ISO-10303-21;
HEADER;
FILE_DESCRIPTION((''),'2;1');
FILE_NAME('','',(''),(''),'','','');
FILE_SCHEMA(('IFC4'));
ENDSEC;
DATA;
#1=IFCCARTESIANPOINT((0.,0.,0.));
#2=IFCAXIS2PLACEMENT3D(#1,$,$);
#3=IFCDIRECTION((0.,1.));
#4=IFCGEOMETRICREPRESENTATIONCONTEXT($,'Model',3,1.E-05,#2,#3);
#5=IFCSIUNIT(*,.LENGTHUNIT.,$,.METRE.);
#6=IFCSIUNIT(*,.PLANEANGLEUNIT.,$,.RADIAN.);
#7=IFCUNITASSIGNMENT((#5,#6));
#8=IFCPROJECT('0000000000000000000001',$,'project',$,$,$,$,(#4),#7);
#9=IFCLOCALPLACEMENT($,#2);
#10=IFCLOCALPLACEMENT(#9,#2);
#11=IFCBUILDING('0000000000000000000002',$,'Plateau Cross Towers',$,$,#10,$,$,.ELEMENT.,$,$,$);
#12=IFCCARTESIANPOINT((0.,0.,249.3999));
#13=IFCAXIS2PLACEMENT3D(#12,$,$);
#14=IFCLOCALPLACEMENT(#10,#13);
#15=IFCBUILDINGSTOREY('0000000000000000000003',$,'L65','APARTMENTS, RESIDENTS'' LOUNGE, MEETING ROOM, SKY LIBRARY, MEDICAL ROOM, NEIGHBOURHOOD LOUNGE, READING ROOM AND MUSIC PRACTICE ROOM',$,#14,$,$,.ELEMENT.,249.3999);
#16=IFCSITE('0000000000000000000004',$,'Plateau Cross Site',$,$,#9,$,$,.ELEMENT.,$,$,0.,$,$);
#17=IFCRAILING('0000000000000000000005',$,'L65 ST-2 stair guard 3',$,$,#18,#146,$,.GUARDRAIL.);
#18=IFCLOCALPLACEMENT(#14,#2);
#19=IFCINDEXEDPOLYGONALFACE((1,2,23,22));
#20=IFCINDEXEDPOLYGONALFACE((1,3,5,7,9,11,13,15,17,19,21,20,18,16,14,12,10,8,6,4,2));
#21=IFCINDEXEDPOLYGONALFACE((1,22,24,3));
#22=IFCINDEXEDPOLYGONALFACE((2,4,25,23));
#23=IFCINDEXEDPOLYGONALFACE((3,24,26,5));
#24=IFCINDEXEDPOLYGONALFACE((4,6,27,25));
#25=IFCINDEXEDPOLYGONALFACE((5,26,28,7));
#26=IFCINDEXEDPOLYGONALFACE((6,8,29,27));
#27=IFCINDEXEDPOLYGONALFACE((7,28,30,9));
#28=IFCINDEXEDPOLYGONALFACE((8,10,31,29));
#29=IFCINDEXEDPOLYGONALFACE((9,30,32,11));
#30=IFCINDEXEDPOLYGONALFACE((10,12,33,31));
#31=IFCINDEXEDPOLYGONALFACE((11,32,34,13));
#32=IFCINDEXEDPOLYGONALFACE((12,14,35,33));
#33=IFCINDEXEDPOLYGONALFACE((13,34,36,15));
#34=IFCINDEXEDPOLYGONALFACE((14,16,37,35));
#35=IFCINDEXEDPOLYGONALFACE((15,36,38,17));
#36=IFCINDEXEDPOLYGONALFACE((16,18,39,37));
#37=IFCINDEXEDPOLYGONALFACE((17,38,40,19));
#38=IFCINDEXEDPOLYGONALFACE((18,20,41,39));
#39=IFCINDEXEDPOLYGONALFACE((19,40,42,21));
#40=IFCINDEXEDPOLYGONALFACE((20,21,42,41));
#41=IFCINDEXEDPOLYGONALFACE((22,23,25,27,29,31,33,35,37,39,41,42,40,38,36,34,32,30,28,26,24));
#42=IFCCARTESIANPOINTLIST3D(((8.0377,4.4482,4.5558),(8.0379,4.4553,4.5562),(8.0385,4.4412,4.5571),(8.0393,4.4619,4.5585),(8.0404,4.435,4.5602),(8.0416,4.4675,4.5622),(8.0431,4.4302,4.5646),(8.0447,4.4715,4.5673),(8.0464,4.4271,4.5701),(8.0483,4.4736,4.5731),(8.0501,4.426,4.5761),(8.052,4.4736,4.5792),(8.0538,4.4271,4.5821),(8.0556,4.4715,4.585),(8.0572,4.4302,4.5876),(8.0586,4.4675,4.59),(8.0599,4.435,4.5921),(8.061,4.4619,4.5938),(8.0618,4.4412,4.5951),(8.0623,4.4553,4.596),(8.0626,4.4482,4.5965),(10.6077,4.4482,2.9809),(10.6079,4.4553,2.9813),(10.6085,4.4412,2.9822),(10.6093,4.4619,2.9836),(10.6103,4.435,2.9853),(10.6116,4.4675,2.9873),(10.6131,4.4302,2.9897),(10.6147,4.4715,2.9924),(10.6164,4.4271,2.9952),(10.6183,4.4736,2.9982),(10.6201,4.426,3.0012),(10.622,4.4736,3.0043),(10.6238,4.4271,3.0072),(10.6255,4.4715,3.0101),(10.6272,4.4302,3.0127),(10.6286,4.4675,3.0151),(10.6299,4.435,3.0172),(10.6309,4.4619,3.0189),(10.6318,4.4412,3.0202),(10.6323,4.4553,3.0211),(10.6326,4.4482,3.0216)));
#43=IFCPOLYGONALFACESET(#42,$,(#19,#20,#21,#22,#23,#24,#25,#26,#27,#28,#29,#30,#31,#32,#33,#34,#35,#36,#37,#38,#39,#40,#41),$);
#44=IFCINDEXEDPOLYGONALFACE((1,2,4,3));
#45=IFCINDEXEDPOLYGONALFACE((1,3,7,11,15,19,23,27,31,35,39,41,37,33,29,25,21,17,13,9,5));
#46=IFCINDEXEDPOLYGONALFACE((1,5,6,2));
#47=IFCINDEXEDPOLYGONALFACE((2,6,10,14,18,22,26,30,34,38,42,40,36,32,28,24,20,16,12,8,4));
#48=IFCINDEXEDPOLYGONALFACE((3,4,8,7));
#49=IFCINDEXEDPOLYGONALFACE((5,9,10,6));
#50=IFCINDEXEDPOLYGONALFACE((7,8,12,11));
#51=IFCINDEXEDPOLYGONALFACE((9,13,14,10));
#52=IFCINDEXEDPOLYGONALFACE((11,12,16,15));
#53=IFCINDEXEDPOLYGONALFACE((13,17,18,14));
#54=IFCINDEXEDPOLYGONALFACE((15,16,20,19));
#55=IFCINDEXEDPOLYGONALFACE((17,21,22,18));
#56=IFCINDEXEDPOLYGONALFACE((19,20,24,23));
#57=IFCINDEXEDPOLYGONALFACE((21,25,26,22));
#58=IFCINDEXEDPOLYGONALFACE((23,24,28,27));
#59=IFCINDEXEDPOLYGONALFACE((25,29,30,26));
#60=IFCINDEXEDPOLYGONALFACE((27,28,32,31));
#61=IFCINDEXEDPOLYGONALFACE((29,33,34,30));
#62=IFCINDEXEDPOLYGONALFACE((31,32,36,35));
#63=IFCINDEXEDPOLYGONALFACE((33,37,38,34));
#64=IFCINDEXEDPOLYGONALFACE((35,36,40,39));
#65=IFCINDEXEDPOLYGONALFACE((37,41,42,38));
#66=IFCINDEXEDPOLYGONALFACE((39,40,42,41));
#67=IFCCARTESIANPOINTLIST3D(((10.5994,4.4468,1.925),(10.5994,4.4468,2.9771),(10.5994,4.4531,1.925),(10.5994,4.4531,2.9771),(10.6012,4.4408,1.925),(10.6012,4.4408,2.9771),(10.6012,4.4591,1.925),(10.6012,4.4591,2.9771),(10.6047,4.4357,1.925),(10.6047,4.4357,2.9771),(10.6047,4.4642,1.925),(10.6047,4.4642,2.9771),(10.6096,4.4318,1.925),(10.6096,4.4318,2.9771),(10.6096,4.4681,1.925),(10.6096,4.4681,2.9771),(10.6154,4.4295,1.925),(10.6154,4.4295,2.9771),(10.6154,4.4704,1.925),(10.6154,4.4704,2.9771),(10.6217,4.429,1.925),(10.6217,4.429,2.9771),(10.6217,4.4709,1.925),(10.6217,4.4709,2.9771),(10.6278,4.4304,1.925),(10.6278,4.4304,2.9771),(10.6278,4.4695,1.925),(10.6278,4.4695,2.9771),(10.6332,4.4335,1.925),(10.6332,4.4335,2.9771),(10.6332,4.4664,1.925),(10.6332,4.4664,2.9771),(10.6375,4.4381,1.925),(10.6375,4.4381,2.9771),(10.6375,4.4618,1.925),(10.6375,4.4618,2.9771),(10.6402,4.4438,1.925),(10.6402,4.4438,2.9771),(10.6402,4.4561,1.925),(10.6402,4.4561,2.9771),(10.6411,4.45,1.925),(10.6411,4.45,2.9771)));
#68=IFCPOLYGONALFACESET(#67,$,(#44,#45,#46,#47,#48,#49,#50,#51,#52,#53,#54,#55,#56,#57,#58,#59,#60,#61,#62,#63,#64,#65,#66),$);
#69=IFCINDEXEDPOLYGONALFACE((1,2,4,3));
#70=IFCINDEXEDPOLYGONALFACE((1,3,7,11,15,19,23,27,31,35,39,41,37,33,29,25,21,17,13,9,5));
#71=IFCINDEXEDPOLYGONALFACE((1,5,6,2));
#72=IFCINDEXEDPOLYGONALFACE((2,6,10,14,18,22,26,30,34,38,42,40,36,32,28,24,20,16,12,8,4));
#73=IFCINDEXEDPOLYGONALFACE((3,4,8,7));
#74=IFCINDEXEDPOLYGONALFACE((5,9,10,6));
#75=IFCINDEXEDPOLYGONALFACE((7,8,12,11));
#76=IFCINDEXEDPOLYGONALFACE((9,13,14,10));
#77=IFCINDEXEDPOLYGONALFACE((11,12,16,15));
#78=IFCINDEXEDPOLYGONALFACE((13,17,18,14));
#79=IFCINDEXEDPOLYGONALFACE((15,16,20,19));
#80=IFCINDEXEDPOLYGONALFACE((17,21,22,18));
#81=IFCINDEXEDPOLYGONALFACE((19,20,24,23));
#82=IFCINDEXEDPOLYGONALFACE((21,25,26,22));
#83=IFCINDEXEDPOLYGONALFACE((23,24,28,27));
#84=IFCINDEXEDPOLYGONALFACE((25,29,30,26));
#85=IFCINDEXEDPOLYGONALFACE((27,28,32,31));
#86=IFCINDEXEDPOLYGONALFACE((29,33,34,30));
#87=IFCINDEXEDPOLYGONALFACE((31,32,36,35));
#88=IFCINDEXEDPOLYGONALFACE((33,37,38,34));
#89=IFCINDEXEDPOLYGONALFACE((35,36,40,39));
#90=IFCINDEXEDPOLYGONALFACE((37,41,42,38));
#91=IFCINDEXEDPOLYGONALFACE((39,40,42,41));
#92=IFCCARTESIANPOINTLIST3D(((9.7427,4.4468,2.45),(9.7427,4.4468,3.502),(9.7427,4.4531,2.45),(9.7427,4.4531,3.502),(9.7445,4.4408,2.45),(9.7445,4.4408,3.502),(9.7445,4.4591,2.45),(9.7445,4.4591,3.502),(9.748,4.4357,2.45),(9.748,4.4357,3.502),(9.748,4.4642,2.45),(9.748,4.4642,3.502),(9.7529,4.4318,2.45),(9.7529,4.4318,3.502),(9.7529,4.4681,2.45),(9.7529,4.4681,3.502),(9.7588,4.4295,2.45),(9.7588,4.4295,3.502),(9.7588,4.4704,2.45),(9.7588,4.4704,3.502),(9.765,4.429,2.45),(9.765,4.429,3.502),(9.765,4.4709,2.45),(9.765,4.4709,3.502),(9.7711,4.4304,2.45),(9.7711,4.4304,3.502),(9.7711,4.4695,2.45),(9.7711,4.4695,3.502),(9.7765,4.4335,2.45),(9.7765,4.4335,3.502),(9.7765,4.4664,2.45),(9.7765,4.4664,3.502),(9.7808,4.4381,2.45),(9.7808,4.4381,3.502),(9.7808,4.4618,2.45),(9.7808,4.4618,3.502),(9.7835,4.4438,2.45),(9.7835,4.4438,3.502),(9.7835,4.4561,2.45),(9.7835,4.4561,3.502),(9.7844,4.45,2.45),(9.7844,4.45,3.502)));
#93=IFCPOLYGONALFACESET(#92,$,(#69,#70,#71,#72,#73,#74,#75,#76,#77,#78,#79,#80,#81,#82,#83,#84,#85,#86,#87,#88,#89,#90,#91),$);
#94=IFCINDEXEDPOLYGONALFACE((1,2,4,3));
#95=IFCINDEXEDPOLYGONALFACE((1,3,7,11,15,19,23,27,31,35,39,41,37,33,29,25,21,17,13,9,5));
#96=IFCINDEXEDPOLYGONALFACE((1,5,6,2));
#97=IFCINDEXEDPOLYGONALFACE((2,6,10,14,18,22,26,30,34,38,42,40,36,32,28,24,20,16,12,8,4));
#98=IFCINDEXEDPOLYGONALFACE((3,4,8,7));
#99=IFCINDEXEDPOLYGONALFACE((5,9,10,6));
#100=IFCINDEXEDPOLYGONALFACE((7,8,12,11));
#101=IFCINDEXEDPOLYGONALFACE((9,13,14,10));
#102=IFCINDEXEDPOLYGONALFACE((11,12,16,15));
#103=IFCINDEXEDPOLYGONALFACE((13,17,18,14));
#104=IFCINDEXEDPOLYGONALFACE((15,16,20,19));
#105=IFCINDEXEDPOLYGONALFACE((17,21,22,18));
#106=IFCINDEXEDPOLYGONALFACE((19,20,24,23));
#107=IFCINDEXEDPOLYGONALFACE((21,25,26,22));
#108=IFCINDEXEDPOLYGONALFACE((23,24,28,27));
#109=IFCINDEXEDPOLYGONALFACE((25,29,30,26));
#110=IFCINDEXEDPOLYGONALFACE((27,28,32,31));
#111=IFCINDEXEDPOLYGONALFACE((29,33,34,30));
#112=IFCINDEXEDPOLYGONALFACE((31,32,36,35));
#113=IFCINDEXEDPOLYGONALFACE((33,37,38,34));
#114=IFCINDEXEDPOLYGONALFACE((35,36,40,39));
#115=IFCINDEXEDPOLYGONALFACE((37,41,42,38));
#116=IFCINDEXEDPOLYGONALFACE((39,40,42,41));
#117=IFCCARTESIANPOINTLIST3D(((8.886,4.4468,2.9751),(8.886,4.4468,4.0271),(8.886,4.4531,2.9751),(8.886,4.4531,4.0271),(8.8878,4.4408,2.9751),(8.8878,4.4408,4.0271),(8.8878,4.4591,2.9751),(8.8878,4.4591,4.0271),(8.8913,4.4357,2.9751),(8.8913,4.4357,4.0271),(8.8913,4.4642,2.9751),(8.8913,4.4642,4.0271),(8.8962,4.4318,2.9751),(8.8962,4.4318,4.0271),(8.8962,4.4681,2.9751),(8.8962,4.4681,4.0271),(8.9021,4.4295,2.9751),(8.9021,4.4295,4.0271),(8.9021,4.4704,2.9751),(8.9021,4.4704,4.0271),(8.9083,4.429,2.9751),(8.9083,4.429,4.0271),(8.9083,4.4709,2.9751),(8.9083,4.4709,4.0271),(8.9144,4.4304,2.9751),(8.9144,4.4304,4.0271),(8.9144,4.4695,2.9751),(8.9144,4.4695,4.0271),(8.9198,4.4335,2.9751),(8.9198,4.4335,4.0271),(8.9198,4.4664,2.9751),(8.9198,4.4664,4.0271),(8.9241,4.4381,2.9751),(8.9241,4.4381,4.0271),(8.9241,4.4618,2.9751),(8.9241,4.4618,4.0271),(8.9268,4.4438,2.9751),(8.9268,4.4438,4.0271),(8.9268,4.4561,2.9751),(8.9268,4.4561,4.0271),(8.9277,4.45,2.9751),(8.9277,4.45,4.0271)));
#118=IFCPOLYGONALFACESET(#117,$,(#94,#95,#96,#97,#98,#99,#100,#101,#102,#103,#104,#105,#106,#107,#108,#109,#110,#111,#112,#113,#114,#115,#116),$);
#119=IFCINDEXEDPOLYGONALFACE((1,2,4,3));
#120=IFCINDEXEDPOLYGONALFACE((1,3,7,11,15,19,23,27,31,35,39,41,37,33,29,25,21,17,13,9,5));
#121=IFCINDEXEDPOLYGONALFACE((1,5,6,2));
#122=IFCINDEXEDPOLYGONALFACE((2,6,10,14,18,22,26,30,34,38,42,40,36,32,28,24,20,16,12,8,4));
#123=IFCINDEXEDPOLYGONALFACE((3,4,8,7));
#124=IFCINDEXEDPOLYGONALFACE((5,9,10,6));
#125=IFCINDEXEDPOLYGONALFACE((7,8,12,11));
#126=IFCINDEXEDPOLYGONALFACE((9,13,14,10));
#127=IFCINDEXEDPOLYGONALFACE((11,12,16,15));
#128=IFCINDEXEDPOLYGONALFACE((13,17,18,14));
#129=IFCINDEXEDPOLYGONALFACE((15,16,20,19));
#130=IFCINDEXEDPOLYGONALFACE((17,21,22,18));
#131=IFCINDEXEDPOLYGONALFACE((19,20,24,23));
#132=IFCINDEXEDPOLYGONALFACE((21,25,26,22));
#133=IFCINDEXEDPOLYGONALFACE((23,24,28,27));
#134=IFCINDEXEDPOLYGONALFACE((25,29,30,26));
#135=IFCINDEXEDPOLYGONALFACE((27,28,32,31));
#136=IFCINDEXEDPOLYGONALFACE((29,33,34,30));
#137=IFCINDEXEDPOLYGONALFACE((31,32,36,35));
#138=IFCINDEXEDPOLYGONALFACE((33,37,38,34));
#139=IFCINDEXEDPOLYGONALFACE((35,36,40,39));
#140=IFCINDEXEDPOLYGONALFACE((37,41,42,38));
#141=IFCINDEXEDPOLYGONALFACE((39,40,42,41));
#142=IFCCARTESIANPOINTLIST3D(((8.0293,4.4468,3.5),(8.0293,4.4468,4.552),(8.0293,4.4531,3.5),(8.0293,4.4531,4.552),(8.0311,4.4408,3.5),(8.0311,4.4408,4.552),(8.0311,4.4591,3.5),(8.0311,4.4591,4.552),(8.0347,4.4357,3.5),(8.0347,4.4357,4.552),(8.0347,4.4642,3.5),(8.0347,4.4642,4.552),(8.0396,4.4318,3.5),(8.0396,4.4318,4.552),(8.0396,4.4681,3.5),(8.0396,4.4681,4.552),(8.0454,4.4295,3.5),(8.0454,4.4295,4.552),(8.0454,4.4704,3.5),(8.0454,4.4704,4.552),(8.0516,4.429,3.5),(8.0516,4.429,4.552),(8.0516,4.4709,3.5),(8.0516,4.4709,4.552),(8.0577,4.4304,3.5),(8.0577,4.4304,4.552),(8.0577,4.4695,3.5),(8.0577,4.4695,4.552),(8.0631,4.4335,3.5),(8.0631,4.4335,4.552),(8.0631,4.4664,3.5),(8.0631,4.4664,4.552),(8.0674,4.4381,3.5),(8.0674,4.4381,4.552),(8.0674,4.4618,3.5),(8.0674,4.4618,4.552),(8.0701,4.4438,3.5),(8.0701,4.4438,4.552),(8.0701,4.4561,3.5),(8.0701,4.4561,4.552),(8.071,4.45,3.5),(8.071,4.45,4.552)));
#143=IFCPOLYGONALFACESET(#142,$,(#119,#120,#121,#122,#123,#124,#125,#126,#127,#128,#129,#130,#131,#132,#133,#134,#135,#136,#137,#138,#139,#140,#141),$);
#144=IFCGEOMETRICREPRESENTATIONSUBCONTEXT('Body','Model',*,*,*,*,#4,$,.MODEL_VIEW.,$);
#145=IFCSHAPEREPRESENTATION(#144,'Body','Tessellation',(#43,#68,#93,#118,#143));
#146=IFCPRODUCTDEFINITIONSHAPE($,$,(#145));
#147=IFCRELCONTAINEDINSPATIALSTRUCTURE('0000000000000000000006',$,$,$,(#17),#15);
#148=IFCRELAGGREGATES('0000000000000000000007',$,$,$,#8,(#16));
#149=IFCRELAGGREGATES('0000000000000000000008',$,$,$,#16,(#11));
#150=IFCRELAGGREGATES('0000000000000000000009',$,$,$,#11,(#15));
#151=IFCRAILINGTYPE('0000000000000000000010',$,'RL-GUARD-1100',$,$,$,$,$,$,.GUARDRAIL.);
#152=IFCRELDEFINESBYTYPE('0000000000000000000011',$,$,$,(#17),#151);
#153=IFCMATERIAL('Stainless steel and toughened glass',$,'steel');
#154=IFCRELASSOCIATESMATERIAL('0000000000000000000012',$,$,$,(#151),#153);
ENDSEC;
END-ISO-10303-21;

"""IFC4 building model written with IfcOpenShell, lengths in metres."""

from ifc_helpers import new_model, si_unit, direction, frame, origin, origin_2d, place, context, subcontext, project, spatial, circle, extrude, material, type_object, element, save


model = new_model("IFC4")

# Units and contexts
model_context = context("Model", 3, precision=1e-05, world=origin(), true_north=direction((0.0, 1.0)))
body_context = subcontext(model_context, "Body", "Model", "MODEL_VIEW")
ifc_project = project(units=[si_unit("LENGTHUNIT", "METRE"), si_unit("PLANEANGLEUNIT", "RADIAN")], contexts=[model_context])

# Site, building, storey
site_placement = place(None, origin())
site = spatial("IfcSite", under=ifc_project, at=site_placement, Name="Plateau Cross Site", CompositionType="ELEMENT", RefElevation=0.0)
building_placement = place(site_placement, origin())
building = spatial("IfcBuilding", under=site, at=building_placement, Name="Plateau Cross Towers", CompositionType="ELEMENT")
storey_placement = place(building_placement, frame((0.0, 0.0, 249.3999)))
storey = spatial("IfcBuildingStorey", under=building, at=storey_placement, Name="L65", Description="APARTMENTS, RESIDENTS' LOUNGE, MEETING ROOM, SKY LIBRARY, MEDICAL ROOM, NEIGHBOURHOOD LOUNGE, READING ROOM AND MUSIC PRACTICE ROOM", CompositionType="ELEMENT", Elevation=249.3999)

# Railing
ifc_material_1 = material(Name="Stainless steel and toughened glass", Category="steel")
railing_type_1 = type_object("IfcRailingType", Name="RL-GUARD-1100", PredefinedType="GUARDRAIL", material=ifc_material_1)
railing_1_placement = place(storey_placement, frame((10.6201, 4.45, 1.925)))
element("IfcRailing", 1, at=railing_1_placement, inside=storey, type_object=railing_type_1, Name="L65 ST-2 stair guard 3", PredefinedType="GUARDRAIL", context=body_context, shape_type="SweptSolid", body=[
    extrude(circle(Radius=0.0239, at=origin_2d()), frame((0.0, 0.0, 1.0762), z_axis=(-0.852639, 0.0, 0.522501), x_axis=(0.0, -1.0, 0.0)), (0.0, 0.0, 1.0), 3.0142),
    extrude(circle(Radius=0.021, at=origin_2d()), origin(), (0.0, 0.0, 1.0), 1.052),
    extrude(circle(Radius=0.021, at=origin_2d()), frame((-0.8567, 0.0, 0.5249)), (0.0, 0.0, 1.0), 1.052),
    extrude(circle(Radius=0.021, at=origin_2d()), frame((-1.7134, 0.0, 1.05)), (0.0, 0.0, 1.0), 1.052),
    extrude(circle(Radius=0.021, at=origin_2d()), frame((-2.5701, 0.0, 1.575)), (0.0, 0.0, 1.0), 1.052),
])

save(model, "model.ifc")
